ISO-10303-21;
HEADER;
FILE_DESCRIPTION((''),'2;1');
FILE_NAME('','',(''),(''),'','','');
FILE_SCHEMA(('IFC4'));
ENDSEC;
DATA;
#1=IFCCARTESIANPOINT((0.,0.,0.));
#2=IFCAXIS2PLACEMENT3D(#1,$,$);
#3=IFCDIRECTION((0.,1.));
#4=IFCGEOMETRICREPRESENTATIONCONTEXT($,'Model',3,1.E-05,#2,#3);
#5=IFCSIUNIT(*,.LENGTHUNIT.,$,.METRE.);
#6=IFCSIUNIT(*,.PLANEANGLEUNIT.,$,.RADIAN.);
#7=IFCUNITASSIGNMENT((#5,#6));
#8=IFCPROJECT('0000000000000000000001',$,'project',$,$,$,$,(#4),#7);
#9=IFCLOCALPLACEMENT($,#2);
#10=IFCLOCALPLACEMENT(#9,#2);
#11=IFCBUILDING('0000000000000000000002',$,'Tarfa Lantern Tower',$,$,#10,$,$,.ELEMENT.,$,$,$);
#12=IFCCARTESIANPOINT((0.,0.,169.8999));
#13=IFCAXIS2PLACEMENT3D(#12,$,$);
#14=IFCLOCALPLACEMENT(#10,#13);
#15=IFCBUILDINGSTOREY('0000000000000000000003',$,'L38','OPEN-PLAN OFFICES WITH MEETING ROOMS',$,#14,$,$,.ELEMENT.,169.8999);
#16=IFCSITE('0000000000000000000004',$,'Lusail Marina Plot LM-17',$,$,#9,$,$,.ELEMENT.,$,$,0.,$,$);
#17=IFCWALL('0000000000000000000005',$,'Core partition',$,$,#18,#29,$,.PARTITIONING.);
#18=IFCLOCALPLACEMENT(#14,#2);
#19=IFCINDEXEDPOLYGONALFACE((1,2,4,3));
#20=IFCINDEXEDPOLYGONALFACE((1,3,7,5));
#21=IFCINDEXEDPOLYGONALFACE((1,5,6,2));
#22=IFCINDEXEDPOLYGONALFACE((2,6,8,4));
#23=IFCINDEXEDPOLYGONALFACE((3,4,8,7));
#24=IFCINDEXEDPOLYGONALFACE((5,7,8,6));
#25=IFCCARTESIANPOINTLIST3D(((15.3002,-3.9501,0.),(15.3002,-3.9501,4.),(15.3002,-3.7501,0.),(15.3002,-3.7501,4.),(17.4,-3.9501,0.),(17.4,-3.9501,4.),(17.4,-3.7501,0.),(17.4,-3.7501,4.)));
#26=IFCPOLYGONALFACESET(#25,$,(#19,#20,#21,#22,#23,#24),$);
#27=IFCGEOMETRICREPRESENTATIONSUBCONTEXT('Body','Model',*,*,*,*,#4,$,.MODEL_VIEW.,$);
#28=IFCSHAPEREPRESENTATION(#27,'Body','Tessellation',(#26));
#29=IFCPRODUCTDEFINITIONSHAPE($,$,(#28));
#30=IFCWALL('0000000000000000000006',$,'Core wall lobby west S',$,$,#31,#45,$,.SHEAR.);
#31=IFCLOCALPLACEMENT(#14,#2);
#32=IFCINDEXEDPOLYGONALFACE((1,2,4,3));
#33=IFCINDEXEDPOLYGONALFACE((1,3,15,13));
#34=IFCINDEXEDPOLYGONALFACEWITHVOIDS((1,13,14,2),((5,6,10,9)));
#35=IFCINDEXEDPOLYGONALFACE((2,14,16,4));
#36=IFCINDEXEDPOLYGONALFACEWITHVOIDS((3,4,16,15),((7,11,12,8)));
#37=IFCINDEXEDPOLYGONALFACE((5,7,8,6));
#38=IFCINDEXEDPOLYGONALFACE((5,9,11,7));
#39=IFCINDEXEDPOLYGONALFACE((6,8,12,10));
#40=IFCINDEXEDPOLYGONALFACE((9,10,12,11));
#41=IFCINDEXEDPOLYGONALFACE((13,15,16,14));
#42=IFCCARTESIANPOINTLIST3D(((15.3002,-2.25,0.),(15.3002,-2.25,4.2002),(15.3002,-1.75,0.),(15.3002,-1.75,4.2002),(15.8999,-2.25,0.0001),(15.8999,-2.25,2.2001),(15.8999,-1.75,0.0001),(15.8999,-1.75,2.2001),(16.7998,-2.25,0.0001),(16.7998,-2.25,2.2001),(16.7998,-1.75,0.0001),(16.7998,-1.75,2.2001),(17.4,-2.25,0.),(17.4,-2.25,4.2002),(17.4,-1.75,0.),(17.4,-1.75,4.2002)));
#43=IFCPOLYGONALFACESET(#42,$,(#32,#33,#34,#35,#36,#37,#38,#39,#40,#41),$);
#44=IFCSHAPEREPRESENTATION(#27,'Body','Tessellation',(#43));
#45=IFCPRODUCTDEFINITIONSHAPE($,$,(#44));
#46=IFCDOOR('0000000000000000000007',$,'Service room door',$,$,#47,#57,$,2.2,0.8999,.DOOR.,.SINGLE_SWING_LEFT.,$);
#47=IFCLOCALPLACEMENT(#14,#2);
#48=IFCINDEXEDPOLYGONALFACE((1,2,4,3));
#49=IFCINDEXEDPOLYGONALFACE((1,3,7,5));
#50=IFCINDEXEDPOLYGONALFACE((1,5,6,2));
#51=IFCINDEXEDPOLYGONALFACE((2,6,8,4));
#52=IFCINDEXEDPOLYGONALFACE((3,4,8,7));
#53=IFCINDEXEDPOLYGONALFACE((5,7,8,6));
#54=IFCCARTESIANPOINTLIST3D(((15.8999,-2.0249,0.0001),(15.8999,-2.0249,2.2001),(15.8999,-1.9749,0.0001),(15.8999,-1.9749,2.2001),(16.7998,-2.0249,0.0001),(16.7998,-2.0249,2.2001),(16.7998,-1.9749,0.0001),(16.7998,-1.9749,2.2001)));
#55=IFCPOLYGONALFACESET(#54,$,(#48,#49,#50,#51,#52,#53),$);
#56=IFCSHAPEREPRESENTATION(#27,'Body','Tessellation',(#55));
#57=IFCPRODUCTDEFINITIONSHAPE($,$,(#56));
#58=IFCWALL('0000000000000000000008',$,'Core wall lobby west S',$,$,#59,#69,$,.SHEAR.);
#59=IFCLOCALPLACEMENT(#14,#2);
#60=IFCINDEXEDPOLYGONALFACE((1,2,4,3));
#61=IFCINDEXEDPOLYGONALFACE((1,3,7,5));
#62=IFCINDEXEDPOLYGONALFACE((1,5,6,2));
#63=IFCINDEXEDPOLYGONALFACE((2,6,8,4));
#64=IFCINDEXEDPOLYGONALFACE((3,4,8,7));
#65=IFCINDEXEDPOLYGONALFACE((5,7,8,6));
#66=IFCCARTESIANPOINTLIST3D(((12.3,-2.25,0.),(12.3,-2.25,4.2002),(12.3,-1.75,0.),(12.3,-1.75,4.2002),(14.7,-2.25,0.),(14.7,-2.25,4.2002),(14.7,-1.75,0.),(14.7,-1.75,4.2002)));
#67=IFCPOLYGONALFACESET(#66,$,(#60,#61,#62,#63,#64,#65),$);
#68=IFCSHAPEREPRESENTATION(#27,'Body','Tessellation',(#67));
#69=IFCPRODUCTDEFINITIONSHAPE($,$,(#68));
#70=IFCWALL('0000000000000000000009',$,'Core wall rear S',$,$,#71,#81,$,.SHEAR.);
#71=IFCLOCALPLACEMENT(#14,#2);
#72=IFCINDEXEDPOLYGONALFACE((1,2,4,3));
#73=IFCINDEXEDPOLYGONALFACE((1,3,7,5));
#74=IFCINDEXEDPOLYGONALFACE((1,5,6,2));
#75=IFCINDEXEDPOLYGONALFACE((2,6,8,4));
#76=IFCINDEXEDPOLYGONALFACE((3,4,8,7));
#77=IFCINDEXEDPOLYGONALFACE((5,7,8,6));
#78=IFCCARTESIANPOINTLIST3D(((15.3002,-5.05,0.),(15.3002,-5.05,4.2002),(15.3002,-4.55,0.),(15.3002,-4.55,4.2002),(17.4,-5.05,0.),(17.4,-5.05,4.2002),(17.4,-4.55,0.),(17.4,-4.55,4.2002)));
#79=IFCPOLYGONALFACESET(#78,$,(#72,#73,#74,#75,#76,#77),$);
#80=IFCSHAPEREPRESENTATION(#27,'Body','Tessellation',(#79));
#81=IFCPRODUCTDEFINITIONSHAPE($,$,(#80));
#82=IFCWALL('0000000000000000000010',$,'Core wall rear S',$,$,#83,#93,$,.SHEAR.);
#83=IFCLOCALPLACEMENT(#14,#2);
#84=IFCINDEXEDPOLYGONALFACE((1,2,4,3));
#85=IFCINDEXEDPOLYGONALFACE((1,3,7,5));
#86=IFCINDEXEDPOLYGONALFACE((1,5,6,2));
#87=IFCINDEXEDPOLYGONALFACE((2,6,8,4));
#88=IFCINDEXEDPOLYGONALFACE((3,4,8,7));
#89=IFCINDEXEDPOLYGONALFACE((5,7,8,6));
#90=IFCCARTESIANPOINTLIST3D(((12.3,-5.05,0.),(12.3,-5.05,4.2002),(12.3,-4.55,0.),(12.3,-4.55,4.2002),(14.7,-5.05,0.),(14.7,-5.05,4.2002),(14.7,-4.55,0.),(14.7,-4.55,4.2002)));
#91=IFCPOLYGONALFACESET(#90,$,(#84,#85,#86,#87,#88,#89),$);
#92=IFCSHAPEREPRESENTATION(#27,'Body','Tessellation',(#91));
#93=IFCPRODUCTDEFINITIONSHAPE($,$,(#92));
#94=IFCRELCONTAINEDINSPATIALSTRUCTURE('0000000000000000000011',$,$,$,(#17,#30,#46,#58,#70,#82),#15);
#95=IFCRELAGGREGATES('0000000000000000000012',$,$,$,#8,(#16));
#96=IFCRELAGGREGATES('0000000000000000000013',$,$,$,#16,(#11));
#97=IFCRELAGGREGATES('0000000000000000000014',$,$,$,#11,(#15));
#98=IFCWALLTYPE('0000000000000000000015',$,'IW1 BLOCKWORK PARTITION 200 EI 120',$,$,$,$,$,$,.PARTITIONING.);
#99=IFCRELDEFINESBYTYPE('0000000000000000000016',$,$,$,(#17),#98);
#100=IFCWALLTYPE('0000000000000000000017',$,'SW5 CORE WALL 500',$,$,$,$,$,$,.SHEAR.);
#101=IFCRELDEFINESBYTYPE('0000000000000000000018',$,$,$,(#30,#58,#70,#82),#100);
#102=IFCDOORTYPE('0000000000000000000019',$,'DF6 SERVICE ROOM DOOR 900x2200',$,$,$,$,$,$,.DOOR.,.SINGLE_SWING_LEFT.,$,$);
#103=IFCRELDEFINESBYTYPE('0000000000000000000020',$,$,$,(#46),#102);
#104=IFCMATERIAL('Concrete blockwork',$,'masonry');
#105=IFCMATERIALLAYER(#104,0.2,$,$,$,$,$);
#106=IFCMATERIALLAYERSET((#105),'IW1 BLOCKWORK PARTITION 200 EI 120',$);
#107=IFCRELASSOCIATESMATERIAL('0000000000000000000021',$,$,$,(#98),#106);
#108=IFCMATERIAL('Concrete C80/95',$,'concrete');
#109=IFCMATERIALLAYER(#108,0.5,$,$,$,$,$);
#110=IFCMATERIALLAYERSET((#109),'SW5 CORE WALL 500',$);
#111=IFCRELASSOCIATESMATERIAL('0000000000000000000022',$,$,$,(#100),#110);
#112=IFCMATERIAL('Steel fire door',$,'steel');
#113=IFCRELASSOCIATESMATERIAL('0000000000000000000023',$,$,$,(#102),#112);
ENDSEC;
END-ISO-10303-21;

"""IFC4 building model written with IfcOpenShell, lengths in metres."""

from ifc_helpers import new_model, si_unit, direction, frame, frame_2d, origin, place, context, subcontext, project, spatial, rectangle, extrude, material, layer, layer_set, type_object, element, fill, save


model = new_model("IFC4")

# Units and contexts
model_context = context("Model", 3, precision=1e-05, world=origin(), true_north=direction((0.0, 1.0)))
body_context = subcontext(model_context, "Body", "Model", "MODEL_VIEW")
ifc_project = project(units=[si_unit("LENGTHUNIT", "METRE"), si_unit("PLANEANGLEUNIT", "RADIAN")], contexts=[model_context])

# Site, building, storey
site_placement = place(None, origin())
site = spatial("IfcSite", under=ifc_project, at=site_placement, Name="Lusail Marina Plot LM-17", CompositionType="ELEMENT", RefElevation=0.0)
building_placement = place(site_placement, origin())
building = spatial("IfcBuilding", under=site, at=building_placement, Name="Tarfa Lantern Tower", CompositionType="ELEMENT")
storey_placement = place(building_placement, frame((0.0, 0.0, 169.8999)))
storey = spatial("IfcBuildingStorey", under=building, at=storey_placement, Name="L38", Description="OPEN-PLAN OFFICES WITH MEETING ROOMS", CompositionType="ELEMENT", Elevation=169.8999)

# Wall
ifc_material_1 = material(Name="Concrete blockwork", Category="masonry")
ifc_layer_1 = layer(ifc_material_1, 0.2)
ifc_layer_set_1 = layer_set([ifc_layer_1], Name="IW1 BLOCKWORK PARTITION 200 EI 120")
wall_type_1 = type_object("IfcWallType", Name="IW1 BLOCKWORK PARTITION 200 EI 120", PredefinedType="PARTITIONING", material=ifc_layer_set_1)
wall_1_placement = place(storey_placement, frame((17.3999, -3.8501, 0.0), z_axis=(0.0, 0.0, 1.0), x_axis=(-1.0, 0.0, 0.0)))
element("IfcWall", 1, at=wall_1_placement, inside=storey, type_object=wall_type_1, Name="Core partition", PredefinedType="PARTITIONING", context=body_context, shape_type="SweptSolid", body=[
    extrude(rectangle(XDim=2.0999, YDim=0.2, at=frame_2d((1.0498, 0.0))), origin(), (0.0, 0.0, 1.0), 4.0),
])

# Wall, opening, door
ifc_material_2 = material(Name="Concrete C80/95", Category="concrete")
ifc_material_3 = material(Name="Steel fire door", Category="steel")
ifc_layer_2 = layer(ifc_material_2, 0.5)
ifc_layer_set_2 = layer_set([ifc_layer_2], Name="SW5 CORE WALL 500")
wall_type_2 = type_object("IfcWallType", Name="SW5 CORE WALL 500", PredefinedType="SHEAR", material=ifc_layer_set_2)
wall_2_placement = place(storey_placement, frame((17.3999, -2.0, 0.0), z_axis=(0.0, 0.0, 1.0), x_axis=(-1.0, 0.0, 0.0)))
wall_2 = element("IfcWall", 2, at=wall_2_placement, inside=storey, type_object=wall_type_2, Name="Core wall lobby west S", PredefinedType="SHEAR", context=body_context, shape_type="SweptSolid", body=[
    extrude(rectangle(XDim=2.0999, YDim=0.5, at=frame_2d((1.0498, 0.0))), origin(), (0.0, 0.0, 1.0), 4.2002),
])
opening_1_placement = place(wall_2_placement, frame((0.6001, 0.0, 0.0)))
opening_1 = element("IfcOpeningElement", 3, at=opening_1_placement, cuts=wall_2, PredefinedType="OPENING", context=body_context, shape_type="SweptSolid", body=[
    extrude(rectangle(XDim=0.8999, YDim=2.2, at=frame_2d((0.45, 1.1001))), frame((0.0, 0.26, 0.0), z_axis=(0.0, -1.0, 0.0), x_axis=(1.0, 0.0, 0.0)), (0.0, 0.0, 1.0), 0.52),
])
door_type_1 = type_object("IfcDoorType", Name="DF6 SERVICE ROOM DOOR 900x2200", OperationType="SINGLE_SWING_LEFT", PredefinedType="DOOR", material=ifc_material_3)
door_1_placement = place(opening_1_placement, origin())
door_1 = element("IfcDoor", 4, at=door_1_placement, inside=storey, type_object=door_type_1, Name="Service room door", OperationType="SINGLE_SWING_LEFT", OverallHeight=2.2, OverallWidth=0.8999, PredefinedType="DOOR", context=body_context, shape_type="SweptSolid", body=[
    extrude(rectangle(XDim=0.8999, YDim=2.2, at=frame_2d((0.45, 1.1001))), frame((0.0, 0.0249, 0.0), z_axis=(0.0, -1.0, 0.0), x_axis=(1.0, 0.0, 0.0)), (0.0, 0.0, 1.0), 0.05),
])
fill(opening_1, door_1)

# Walls
wall_3_placement = place(storey_placement, frame((14.7, -2.0, 0.0), z_axis=(0.0, 0.0, 1.0), x_axis=(-1.0, 0.0, 0.0)))
element("IfcWall", 5, at=wall_3_placement, inside=storey, type_object=wall_type_2, Name="Core wall lobby west S", PredefinedType="SHEAR", context=body_context, shape_type="SweptSolid", body=[
    extrude(rectangle(XDim=2.3999, YDim=0.5, at=frame_2d((1.2, 0.0))), origin(), (0.0, 0.0, 1.0), 4.2002),
])
wall_4_placement = place(storey_placement, frame((17.3999, -4.8, 0.0), z_axis=(0.0, 0.0, 1.0), x_axis=(-1.0, 0.0, 0.0)))
element("IfcWall", 6, at=wall_4_placement, inside=storey, type_object=wall_type_2, Name="Core wall rear S", PredefinedType="SHEAR", context=body_context, shape_type="SweptSolid", body=[
    extrude(rectangle(XDim=2.0999, YDim=0.5, at=frame_2d((1.0498, 0.0))), origin(), (0.0, 0.0, 1.0), 4.2002),
])
wall_5_placement = place(storey_placement, frame((14.7, -4.8, 0.0), z_axis=(0.0, 0.0, 1.0), x_axis=(-1.0, 0.0, 0.0)))
element("IfcWall", 7, at=wall_5_placement, inside=storey, type_object=wall_type_2, Name="Core wall rear S", PredefinedType="SHEAR", context=body_context, shape_type="SweptSolid", body=[
    extrude(rectangle(XDim=2.3999, YDim=0.5, at=frame_2d((1.2, 0.0))), origin(), (0.0, 0.0, 1.0), 4.2002),
])

save(model, "model.ifc")
